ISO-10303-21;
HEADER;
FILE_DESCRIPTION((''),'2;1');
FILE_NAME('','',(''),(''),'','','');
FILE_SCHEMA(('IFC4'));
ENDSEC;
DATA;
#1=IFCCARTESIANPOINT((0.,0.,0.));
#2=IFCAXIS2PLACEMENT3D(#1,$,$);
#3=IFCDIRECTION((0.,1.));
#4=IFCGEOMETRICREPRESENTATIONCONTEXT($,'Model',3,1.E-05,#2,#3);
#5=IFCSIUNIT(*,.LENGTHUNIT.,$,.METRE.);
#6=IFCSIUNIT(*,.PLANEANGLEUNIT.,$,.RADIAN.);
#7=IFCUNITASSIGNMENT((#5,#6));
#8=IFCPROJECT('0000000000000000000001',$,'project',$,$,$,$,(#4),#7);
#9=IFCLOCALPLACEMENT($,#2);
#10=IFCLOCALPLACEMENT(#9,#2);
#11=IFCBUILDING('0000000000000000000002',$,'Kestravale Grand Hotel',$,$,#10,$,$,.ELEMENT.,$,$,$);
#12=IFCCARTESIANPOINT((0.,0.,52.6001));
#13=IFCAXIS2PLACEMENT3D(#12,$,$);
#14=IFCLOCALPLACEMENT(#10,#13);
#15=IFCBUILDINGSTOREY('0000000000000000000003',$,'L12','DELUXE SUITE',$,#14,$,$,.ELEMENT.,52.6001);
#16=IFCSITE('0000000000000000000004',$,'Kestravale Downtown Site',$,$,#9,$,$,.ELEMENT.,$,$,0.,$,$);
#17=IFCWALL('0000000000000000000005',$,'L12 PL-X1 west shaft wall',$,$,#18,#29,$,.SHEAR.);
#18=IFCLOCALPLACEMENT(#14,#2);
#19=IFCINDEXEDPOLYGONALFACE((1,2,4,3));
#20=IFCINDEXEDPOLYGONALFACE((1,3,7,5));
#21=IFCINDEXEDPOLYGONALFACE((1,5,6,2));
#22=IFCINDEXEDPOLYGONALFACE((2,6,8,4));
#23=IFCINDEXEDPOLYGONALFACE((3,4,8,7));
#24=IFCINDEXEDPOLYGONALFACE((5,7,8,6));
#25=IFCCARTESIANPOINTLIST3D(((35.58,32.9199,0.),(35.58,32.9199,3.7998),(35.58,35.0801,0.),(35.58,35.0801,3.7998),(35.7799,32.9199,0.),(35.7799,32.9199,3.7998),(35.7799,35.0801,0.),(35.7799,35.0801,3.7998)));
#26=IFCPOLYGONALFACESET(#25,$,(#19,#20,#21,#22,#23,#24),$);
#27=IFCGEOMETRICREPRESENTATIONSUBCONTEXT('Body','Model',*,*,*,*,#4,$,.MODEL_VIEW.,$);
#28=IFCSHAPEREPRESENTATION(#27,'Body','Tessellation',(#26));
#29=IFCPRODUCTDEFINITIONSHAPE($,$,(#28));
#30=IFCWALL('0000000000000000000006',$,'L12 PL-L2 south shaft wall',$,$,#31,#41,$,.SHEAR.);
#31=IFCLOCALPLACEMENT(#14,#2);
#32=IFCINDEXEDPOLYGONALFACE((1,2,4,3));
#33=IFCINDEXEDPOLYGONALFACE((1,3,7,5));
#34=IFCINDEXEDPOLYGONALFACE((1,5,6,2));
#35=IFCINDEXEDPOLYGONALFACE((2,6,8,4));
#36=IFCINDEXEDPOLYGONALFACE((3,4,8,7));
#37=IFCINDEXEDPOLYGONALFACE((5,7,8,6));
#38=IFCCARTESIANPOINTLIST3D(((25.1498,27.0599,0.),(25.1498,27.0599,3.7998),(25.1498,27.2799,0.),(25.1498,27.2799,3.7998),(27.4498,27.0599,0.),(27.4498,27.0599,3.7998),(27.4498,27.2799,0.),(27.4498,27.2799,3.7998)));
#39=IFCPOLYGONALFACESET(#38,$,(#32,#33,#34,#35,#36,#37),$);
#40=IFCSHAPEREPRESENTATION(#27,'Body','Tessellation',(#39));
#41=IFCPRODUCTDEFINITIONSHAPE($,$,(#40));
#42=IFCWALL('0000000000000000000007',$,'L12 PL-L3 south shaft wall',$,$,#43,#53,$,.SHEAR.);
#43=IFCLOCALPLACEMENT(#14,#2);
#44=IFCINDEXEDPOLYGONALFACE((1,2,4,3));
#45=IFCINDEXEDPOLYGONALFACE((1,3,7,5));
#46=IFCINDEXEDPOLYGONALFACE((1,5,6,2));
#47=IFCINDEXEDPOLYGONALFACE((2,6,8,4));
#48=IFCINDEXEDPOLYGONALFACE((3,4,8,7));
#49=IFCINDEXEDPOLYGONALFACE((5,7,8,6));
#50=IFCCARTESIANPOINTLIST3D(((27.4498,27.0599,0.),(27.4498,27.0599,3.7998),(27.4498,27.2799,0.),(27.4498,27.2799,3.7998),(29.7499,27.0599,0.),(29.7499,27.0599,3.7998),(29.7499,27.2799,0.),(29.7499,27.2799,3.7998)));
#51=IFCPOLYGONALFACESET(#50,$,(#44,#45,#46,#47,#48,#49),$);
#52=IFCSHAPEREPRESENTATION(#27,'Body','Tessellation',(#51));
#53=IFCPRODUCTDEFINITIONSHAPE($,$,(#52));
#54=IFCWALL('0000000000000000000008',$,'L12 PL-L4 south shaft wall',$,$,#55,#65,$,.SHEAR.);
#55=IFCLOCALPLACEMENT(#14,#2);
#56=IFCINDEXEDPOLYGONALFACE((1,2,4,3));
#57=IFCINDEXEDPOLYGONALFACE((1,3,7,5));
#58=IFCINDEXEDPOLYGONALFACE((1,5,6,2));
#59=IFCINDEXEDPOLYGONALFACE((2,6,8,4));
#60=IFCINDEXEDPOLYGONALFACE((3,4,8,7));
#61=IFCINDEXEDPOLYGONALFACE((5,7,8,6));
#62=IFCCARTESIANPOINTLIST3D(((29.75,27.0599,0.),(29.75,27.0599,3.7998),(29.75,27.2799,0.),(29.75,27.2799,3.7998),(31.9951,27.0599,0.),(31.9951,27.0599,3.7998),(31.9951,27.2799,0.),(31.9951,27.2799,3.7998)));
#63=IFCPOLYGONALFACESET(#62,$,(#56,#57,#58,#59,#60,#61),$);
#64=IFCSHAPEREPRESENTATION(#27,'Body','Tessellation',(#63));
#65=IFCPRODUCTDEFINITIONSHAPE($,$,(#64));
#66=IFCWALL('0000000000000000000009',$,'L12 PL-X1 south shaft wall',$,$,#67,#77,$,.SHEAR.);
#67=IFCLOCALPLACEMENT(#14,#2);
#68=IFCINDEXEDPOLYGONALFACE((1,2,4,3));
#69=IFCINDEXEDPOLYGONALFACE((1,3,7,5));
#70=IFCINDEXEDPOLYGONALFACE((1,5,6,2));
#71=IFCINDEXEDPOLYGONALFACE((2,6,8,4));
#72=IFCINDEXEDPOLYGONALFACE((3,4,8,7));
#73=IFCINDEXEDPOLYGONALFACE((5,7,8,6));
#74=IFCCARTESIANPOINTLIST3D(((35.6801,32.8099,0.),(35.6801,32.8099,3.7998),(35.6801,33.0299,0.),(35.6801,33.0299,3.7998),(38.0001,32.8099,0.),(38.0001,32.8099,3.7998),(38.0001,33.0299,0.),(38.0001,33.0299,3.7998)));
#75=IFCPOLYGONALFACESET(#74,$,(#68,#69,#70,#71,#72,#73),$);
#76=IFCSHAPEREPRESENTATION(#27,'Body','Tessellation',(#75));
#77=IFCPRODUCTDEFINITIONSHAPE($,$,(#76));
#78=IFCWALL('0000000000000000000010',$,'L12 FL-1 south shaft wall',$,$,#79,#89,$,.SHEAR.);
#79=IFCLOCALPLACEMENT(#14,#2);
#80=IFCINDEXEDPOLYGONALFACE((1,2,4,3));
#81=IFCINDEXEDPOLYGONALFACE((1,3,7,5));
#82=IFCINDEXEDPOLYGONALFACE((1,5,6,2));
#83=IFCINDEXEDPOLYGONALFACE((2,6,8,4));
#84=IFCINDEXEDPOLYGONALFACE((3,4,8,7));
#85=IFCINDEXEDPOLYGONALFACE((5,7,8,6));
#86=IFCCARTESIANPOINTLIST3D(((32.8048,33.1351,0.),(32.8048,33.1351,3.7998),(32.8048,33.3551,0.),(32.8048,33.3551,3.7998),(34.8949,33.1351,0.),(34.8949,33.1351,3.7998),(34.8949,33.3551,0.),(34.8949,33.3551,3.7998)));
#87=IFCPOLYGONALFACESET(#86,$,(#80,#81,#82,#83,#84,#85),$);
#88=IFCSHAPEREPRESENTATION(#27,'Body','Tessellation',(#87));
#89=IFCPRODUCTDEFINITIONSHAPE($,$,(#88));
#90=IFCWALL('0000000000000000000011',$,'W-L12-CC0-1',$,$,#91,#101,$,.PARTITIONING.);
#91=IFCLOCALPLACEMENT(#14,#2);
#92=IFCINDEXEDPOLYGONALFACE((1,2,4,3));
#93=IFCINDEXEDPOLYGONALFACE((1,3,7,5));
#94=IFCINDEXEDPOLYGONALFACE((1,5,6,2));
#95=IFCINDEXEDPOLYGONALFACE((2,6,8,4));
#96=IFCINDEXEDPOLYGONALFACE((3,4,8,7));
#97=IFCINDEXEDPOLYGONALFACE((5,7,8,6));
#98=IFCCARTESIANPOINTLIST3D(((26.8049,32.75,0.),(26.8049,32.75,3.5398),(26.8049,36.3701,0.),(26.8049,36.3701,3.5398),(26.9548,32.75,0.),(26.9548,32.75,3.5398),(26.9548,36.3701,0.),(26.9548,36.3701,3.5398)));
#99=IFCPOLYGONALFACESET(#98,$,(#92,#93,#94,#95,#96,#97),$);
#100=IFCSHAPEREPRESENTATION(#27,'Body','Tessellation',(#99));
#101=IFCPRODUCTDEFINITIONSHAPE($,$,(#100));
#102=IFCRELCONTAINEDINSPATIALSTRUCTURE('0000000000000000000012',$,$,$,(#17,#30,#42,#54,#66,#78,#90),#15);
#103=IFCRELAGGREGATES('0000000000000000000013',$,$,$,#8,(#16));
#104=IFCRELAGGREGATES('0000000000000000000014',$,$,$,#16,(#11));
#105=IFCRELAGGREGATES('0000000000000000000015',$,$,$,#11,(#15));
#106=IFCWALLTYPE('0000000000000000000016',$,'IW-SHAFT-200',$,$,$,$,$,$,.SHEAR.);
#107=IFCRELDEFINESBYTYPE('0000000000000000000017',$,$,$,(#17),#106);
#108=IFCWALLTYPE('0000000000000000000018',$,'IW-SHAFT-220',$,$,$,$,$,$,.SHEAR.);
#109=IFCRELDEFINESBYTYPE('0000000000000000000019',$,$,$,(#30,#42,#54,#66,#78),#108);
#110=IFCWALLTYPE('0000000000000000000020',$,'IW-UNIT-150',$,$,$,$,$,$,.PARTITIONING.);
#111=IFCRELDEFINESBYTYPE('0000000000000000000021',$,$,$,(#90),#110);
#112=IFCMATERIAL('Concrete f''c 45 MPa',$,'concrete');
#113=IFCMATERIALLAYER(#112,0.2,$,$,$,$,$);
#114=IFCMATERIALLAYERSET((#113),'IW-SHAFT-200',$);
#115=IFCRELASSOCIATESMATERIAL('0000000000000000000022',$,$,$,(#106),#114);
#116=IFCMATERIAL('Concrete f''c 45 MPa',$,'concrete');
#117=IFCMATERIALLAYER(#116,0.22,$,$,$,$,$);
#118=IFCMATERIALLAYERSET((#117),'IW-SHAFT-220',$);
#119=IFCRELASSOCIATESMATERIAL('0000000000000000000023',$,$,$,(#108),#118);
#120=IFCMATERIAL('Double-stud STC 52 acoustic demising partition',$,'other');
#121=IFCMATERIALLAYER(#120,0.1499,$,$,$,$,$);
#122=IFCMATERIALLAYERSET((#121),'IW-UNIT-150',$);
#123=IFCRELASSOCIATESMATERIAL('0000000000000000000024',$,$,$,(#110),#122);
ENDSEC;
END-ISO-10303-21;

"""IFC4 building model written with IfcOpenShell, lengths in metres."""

from ifc_helpers import new_model, si_unit, direction, frame, frame_2d, origin, place, context, subcontext, project, spatial, rectangle, extrude, material, layer, layer_set, type_object, element, save


model = new_model("IFC4")

# Units and contexts
model_context = context("Model", 3, precision=1e-05, world=origin(), true_north=direction((0.0, 1.0)))
body_context = subcontext(model_context, "Body", "Model", "MODEL_VIEW")
ifc_project = project(units=[si_unit("LENGTHUNIT", "METRE"), si_unit("PLANEANGLEUNIT", "RADIAN")], contexts=[model_context])

# Site, building, storey
site_placement = place(None, origin())
site = spatial("IfcSite", under=ifc_project, at=site_placement, Name="Kestravale Downtown Site", CompositionType="ELEMENT", RefElevation=0.0)
building_placement = place(site_placement, origin())
building = spatial("IfcBuilding", under=site, at=building_placement, Name="Kestravale Grand Hotel", CompositionType="ELEMENT")
storey_placement = place(building_placement, frame((0.0, 0.0, 52.6001)))
storey = spatial("IfcBuildingStorey", under=building, at=storey_placement, Name="L12", Description="DELUXE SUITE", CompositionType="ELEMENT", Elevation=52.6001)

# Wall
ifc_material_1 = material(Name="Concrete f'c 45 MPa", Category="concrete")
ifc_layer_1 = layer(ifc_material_1, 0.2)
ifc_layer_set_1 = layer_set([ifc_layer_1], Name="IW-SHAFT-200")
wall_type_1 = type_object("IfcWallType", Name="IW-SHAFT-200", PredefinedType="SHEAR", material=ifc_layer_set_1)
wall_1_placement = place(storey_placement, frame((35.6799, 32.9199, 0.0), z_axis=(0.0, 0.0, 1.0), x_axis=(0.0, 1.0, 0.0)))
element("IfcWall", 1, at=wall_1_placement, inside=storey, type_object=wall_type_1, Name="L12 PL-X1 west shaft wall", PredefinedType="SHEAR", context=body_context, shape_type="SweptSolid", body=[
    extrude(rectangle(XDim=2.1602, YDim=0.2, at=frame_2d((1.0801, 0.0))), origin(), (0.0, 0.0, 1.0), 3.7998),
])

# Shared definitions
ifc_material_2 = material(Name="Concrete f'c 45 MPa", Category="concrete")
ifc_layer_2 = layer(ifc_material_2, 0.22)
ifc_layer_set_2 = layer_set([ifc_layer_2], Name="IW-SHAFT-220")
wall_type_2 = type_object("IfcWallType", Name="IW-SHAFT-220", PredefinedType="SHEAR", material=ifc_layer_set_2)

# Wall
wall_2_placement = place(storey_placement, frame((25.1499, 27.1699, 0.0), z_axis=(0.0, 0.0, 1.0), x_axis=(1.0, 0.0, 0.0)))
element("IfcWall", 2, at=wall_2_placement, inside=storey, type_object=wall_type_2, Name="L12 PL-L2 south shaft wall", PredefinedType="SHEAR", context=body_context, shape_type="SweptSolid", body=[
    extrude(rectangle(XDim=2.3, YDim=0.22, at=frame_2d((1.1499, 0.0))), origin(), (0.0, 0.0, 1.0), 3.7998),
])

# Wall
wall_3_placement = place(storey_placement, frame((27.45, 27.1699, 0.0), z_axis=(0.0, 0.0, 1.0), x_axis=(1.0, 0.0, 0.0)))
element("IfcWall", 3, at=wall_3_placement, inside=storey, type_object=wall_type_2, Name="L12 PL-L3 south shaft wall", PredefinedType="SHEAR", context=body_context, shape_type="SweptSolid", body=[
    extrude(rectangle(XDim=2.3, YDim=0.22, at=frame_2d((1.1499, 0.0))), origin(), (0.0, 0.0, 1.0), 3.7998),
])

# Walls
wall_4_placement = place(storey_placement, frame((29.75, 27.1699, 0.0), z_axis=(0.0, 0.0, 1.0), x_axis=(1.0, 0.0, 0.0)))
element("IfcWall", 4, at=wall_4_placement, inside=storey, type_object=wall_type_2, Name="L12 PL-L4 south shaft wall", PredefinedType="SHEAR", context=body_context, shape_type="SweptSolid", body=[
    extrude(rectangle(XDim=2.2451, YDim=0.22, at=frame_2d((1.1226, 0.0))), origin(), (0.0, 0.0, 1.0), 3.7998),
])
wall_5_placement = place(storey_placement, frame((35.6799, 32.9199, 0.0), z_axis=(0.0, 0.0, 1.0), x_axis=(1.0, 0.0, 0.0)))
element("IfcWall", 5, at=wall_5_placement, inside=storey, type_object=wall_type_2, Name="L12 PL-X1 south shaft wall", PredefinedType="SHEAR", context=body_context, shape_type="SweptSolid", body=[
    extrude(rectangle(XDim=2.3201, YDim=0.22, at=frame_2d((1.1602, 0.0))), origin(), (0.0, 0.0, 1.0), 3.7998),
])
wall_6_placement = place(storey_placement, frame((32.8049, 33.2451, 0.0), z_axis=(0.0, 0.0, 1.0), x_axis=(1.0, 0.0, 0.0)))
element("IfcWall", 6, at=wall_6_placement, inside=storey, type_object=wall_type_2, Name="L12 FL-1 south shaft wall", PredefinedType="SHEAR", context=body_context, shape_type="SweptSolid", body=[
    extrude(rectangle(XDim=2.0901, YDim=0.22, at=frame_2d((1.0449, 0.0))), origin(), (0.0, 0.0, 1.0), 3.7998),
])
ifc_material_3 = material(Name="Double-stud STC 52 acoustic demising partition", Category="other")
ifc_layer_3 = layer(ifc_material_3, 0.1499)
ifc_layer_set_3 = layer_set([ifc_layer_3], Name="IW-UNIT-150")
wall_type_3 = type_object("IfcWallType", Name="IW-UNIT-150", PredefinedType="PARTITIONING", material=ifc_layer_set_3)
wall_7_placement = place(storey_placement, frame((26.8799, 32.75, 0.0), z_axis=(0.0, 0.0, 1.0), x_axis=(0.0, 1.0, 0.0)))
element("IfcWall", 7, at=wall_7_placement, inside=storey, type_object=wall_type_3, Name="W-L12-CC0-1", PredefinedType="PARTITIONING", context=body_context, shape_type="SweptSolid", body=[
    extrude(rectangle(XDim=3.6201, YDim=0.1499, at=frame_2d((1.8101, 0.0))), origin(), (0.0, 0.0, 1.0), 3.5398),
])

save(model, "model.ifc")
